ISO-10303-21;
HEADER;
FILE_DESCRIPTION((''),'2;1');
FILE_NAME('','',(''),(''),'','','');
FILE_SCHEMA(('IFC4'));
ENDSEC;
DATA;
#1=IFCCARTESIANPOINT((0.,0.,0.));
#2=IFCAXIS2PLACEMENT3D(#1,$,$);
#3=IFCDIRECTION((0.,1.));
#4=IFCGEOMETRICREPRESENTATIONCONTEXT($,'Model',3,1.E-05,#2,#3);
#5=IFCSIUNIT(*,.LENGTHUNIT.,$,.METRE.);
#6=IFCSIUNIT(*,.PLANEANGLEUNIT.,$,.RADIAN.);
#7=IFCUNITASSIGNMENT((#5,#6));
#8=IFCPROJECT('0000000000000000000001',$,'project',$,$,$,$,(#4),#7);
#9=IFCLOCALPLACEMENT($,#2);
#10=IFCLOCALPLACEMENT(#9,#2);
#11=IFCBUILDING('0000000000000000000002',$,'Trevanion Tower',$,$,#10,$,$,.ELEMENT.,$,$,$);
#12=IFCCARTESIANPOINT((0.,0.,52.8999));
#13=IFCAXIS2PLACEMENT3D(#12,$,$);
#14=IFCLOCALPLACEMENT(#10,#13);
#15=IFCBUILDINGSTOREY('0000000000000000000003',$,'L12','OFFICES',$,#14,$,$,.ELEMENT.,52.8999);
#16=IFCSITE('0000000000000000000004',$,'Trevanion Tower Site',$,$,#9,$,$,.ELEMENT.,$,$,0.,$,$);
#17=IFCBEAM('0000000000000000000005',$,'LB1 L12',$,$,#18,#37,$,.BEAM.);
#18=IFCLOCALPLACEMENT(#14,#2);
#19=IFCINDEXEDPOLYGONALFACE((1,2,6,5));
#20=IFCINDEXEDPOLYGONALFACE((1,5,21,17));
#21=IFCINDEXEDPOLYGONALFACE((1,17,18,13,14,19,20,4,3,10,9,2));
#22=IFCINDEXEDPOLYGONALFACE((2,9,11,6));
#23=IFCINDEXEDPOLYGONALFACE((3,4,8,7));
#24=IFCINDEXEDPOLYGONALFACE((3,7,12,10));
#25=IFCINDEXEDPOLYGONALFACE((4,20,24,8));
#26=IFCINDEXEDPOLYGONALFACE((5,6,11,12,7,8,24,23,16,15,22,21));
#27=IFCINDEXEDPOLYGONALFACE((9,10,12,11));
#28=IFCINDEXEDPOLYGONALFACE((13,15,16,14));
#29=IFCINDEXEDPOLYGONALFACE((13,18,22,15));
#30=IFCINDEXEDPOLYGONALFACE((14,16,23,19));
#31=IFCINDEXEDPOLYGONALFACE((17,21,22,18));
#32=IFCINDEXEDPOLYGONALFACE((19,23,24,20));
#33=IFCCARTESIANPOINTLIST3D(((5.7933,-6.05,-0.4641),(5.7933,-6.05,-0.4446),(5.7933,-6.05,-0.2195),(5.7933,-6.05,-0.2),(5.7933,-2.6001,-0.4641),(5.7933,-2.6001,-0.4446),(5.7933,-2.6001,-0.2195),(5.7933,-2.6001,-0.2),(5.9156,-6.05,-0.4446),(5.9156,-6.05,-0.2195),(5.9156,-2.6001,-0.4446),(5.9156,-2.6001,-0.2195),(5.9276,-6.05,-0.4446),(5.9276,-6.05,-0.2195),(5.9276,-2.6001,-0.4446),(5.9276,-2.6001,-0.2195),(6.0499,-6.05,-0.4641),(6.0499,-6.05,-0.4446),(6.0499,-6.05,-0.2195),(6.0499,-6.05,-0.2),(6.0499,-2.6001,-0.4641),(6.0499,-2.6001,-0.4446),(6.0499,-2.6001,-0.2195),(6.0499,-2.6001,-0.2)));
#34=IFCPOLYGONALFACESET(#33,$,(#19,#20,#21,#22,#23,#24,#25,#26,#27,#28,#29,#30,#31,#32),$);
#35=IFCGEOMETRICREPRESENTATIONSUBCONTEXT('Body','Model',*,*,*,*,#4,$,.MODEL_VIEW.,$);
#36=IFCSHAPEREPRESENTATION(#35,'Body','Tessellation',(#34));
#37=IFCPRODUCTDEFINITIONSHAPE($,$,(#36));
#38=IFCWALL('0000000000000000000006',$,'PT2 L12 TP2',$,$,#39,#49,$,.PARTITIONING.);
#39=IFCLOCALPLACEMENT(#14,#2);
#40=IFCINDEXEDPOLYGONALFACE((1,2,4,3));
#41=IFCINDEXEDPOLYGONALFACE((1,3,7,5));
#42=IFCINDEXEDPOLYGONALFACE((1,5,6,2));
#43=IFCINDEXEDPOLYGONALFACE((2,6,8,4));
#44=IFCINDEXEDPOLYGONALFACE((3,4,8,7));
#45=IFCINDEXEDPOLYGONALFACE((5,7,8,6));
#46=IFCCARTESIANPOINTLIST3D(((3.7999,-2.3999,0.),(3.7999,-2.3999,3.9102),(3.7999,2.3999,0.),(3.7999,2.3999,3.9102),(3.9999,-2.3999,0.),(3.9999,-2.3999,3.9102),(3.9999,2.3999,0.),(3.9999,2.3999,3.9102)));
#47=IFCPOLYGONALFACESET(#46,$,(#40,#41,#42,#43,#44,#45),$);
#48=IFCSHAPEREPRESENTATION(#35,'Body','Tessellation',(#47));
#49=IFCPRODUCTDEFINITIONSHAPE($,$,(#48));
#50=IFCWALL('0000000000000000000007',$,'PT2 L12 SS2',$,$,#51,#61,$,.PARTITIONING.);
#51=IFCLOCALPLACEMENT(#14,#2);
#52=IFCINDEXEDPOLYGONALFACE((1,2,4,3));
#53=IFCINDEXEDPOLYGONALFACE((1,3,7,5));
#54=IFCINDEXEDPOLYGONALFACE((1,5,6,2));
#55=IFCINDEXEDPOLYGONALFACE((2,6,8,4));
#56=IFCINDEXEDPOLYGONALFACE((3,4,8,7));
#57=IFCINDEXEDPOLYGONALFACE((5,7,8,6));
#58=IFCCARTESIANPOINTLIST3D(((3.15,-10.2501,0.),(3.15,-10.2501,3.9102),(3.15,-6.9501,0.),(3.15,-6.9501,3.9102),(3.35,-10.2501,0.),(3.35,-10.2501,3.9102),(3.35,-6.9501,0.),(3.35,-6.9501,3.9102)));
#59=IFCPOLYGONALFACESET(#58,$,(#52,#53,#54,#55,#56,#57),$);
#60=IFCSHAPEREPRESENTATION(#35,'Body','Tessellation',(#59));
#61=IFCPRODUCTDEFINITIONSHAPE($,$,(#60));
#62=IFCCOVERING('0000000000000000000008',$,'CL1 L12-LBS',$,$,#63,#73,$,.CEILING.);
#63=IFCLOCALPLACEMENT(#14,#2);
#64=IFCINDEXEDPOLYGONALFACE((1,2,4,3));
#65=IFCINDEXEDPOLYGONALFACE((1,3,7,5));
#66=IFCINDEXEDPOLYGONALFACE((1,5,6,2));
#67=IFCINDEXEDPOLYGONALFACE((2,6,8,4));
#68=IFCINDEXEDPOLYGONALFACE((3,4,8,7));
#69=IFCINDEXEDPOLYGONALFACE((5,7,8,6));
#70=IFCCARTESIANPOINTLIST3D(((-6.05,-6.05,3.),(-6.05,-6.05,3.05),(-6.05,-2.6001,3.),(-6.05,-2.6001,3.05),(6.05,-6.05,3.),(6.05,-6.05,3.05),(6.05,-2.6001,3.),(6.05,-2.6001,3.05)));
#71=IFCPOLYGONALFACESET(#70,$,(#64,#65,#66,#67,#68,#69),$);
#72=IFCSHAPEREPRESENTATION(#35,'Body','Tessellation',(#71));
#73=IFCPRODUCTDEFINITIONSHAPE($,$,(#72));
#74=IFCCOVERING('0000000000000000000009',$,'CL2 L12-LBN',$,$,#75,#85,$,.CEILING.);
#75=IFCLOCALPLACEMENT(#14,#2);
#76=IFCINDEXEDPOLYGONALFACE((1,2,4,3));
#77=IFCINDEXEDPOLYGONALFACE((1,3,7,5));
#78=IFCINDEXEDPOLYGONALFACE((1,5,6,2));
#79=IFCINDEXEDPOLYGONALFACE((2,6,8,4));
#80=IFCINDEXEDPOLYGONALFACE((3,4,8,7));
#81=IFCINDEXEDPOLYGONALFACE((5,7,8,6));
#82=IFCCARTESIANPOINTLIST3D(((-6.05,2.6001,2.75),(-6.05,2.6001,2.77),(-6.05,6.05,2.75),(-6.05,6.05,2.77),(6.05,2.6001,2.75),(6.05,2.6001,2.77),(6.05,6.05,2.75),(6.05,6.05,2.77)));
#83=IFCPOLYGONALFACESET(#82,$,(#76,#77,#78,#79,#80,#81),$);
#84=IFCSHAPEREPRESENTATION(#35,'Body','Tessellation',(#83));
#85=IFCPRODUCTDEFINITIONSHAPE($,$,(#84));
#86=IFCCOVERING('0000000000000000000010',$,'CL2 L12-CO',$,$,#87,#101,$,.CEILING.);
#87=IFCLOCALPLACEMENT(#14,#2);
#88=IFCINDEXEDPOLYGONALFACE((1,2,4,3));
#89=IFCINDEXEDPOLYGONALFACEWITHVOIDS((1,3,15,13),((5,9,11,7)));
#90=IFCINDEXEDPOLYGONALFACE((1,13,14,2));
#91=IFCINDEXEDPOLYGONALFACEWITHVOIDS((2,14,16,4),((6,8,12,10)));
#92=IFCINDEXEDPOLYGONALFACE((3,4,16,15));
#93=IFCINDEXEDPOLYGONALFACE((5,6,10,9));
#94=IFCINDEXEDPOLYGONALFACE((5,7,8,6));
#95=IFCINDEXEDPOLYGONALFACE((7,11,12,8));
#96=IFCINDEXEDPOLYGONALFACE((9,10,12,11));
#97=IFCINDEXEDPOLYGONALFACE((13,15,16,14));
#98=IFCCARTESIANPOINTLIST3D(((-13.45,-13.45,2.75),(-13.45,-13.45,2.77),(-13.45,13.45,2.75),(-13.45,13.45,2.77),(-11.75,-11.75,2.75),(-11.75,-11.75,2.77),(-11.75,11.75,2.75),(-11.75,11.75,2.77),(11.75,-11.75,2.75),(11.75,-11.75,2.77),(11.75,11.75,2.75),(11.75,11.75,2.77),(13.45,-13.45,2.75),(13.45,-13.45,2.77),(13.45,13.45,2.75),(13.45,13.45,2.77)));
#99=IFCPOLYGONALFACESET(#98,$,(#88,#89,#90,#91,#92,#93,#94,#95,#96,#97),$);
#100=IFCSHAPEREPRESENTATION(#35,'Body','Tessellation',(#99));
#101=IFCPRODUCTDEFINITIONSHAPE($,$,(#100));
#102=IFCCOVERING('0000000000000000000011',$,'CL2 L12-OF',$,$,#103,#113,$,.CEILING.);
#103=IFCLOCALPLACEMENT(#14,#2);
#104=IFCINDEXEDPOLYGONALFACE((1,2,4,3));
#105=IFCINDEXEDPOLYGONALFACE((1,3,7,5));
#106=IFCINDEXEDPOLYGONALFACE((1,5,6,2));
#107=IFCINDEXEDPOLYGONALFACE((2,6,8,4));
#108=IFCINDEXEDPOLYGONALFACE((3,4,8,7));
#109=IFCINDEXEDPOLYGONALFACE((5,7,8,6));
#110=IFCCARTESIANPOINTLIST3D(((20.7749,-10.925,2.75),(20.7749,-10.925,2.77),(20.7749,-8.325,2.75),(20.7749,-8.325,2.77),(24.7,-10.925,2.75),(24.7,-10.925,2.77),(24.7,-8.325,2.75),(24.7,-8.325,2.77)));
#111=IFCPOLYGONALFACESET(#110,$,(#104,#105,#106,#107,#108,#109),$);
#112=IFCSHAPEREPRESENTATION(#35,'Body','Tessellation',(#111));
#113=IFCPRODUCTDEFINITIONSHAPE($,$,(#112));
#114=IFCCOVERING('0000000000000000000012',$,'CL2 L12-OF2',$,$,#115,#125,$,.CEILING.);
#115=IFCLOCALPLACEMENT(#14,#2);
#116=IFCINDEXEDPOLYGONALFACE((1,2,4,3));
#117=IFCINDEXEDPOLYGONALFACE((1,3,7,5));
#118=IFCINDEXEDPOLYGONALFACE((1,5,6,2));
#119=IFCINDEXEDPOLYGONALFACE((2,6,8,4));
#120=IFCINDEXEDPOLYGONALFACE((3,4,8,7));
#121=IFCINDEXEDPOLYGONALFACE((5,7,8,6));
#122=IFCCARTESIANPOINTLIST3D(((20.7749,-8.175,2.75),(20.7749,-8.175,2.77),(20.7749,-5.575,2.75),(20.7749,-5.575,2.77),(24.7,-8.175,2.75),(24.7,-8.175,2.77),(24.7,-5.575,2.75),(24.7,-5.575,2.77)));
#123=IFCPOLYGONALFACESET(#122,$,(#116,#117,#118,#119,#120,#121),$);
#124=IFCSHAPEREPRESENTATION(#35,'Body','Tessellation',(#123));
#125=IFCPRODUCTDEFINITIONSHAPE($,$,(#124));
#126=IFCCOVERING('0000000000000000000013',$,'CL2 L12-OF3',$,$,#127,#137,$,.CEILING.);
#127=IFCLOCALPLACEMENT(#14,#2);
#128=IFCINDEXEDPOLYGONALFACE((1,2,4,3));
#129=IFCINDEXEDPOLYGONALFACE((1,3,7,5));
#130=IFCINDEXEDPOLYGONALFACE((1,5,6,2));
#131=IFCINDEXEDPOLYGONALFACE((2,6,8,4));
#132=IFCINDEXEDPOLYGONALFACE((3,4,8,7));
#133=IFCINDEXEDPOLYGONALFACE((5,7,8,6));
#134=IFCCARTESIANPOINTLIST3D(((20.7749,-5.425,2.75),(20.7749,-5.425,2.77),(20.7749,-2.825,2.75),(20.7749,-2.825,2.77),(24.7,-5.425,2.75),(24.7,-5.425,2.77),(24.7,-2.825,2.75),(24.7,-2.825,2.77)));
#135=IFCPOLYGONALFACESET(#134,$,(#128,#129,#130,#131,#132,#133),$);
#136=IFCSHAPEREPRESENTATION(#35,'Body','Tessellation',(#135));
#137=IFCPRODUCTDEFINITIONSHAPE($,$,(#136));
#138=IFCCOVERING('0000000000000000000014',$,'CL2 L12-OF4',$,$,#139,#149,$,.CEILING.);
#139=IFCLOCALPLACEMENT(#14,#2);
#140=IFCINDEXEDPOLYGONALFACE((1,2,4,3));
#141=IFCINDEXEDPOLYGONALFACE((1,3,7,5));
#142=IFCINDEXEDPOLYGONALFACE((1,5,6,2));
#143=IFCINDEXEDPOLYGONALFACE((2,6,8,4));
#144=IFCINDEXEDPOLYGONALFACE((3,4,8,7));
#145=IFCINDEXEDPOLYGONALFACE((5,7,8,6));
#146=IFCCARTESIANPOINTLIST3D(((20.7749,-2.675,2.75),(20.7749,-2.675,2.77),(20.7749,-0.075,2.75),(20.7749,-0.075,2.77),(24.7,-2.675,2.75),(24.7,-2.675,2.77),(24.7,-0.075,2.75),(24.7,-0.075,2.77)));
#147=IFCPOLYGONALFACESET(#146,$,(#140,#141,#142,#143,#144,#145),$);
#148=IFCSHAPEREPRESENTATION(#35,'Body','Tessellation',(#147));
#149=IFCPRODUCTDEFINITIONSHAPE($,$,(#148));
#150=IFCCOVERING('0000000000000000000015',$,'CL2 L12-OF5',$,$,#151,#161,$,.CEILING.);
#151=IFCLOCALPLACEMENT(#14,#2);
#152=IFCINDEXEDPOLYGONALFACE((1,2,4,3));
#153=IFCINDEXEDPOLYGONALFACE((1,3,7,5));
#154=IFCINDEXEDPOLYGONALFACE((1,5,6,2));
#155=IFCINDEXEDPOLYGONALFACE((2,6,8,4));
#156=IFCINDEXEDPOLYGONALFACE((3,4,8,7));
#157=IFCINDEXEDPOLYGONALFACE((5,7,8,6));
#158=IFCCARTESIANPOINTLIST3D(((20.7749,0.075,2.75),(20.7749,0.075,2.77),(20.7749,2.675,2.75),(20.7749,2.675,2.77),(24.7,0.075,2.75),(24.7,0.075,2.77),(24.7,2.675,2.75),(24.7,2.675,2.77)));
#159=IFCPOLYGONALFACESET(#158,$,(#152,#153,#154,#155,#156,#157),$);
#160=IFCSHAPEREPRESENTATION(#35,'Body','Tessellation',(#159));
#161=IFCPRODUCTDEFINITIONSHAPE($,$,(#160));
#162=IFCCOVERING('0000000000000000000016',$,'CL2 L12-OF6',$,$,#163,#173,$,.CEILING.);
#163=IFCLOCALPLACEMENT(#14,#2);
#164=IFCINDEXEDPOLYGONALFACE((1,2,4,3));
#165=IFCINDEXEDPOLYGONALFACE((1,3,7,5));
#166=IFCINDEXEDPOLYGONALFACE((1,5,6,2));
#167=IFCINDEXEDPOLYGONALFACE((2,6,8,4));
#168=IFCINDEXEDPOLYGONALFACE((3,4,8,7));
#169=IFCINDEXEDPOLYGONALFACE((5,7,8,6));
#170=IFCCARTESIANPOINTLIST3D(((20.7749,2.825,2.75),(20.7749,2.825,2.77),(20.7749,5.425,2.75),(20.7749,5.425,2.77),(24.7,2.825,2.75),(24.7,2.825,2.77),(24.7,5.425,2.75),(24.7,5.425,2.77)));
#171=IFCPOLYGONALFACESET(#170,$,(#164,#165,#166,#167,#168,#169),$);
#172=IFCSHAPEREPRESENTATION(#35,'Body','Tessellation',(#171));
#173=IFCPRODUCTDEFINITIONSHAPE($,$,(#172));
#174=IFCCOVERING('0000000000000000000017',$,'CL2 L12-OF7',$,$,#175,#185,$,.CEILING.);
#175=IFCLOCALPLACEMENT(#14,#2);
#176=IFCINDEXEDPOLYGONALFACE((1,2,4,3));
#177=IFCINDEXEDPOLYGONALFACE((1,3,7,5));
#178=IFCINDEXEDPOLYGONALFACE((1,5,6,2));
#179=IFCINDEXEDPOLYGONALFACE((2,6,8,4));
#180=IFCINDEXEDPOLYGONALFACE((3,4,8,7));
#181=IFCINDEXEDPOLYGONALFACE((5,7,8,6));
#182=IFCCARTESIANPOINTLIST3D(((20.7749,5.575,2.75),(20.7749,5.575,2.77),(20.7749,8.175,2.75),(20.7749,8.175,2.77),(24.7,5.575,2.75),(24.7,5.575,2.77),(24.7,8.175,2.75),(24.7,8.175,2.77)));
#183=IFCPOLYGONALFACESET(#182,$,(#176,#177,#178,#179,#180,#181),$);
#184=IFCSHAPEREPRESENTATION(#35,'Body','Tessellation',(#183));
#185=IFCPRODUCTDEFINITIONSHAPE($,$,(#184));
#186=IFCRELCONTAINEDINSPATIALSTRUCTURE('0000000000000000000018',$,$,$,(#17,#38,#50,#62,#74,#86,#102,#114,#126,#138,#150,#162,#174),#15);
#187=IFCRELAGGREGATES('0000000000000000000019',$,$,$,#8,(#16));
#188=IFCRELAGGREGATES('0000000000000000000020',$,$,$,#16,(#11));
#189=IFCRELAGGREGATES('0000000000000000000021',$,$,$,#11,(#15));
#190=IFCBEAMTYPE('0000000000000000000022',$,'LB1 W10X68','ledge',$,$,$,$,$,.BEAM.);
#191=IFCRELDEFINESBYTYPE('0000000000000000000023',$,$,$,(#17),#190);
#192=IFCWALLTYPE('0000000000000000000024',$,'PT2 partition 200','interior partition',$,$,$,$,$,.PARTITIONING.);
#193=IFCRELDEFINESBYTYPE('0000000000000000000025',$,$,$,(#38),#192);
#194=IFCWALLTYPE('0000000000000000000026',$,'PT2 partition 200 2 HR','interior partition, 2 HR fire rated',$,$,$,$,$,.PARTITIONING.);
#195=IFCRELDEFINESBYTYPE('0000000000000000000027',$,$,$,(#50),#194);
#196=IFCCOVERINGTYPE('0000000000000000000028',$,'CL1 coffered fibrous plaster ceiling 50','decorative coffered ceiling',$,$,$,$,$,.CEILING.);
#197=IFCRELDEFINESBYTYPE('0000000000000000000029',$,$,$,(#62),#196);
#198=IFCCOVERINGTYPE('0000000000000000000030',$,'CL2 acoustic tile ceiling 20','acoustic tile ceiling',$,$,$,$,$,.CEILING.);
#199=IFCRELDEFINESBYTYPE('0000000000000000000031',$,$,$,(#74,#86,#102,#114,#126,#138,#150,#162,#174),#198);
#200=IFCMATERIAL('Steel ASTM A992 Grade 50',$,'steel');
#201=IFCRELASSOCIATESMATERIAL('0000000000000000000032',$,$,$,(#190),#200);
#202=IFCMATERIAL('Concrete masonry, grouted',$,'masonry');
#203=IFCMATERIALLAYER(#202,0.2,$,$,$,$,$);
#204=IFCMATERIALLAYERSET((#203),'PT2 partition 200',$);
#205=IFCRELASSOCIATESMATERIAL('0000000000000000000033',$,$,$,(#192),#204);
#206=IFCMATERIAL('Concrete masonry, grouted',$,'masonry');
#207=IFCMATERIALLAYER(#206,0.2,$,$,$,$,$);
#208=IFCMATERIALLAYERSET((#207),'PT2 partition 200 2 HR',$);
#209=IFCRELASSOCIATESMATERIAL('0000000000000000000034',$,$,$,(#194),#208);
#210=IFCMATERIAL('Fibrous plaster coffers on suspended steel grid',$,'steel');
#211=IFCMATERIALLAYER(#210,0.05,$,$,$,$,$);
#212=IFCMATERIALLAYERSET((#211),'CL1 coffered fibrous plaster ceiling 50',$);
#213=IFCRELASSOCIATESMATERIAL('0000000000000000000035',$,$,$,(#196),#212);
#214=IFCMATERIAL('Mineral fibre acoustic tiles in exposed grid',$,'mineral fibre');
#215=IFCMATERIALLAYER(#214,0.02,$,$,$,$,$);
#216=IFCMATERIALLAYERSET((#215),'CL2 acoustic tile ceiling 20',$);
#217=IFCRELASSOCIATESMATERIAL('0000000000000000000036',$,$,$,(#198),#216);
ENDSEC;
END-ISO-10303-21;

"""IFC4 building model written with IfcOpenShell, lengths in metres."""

from ifc_helpers import new_model, si_unit, direction, frame, frame_2d, origin, origin_2d, place, context, subcontext, project, spatial, polyline, rectangle, i_section, outline, extrude, material, layer, layer_set, material_profile, profile_set, type_object, element, save


model = new_model("IFC4")

# Units and contexts
model_context = context("Model", 3, precision=1e-05, world=origin(), true_north=direction((0.0, 1.0)))
body_context = subcontext(model_context, "Body", "Model", "MODEL_VIEW")
ifc_project = project(units=[si_unit("LENGTHUNIT", "METRE"), si_unit("PLANEANGLEUNIT", "RADIAN")], contexts=[model_context])

# Site, building, storey
site_placement = place(None, origin())
site = spatial("IfcSite", under=ifc_project, at=site_placement, Name="Trevanion Tower Site", CompositionType="ELEMENT", RefElevation=0.0)
building_placement = place(site_placement, origin())
building = spatial("IfcBuilding", under=site, at=building_placement, Name="Trevanion Tower", CompositionType="ELEMENT")
storey_placement = place(building_placement, frame((0.0, 0.0, 52.8999)))
storey = spatial("IfcBuildingStorey", under=building, at=storey_placement, Name="L12", Description="OFFICES", CompositionType="ELEMENT", Elevation=52.8999)

# Beam
ifc_material_1 = material(Name="Steel ASTM A992 Grade 50", Category="steel")
ifc_material_profile = material_profile(ifc_material_1, i_section(OverallWidth=0.2566, OverallDepth=0.2642, WebThickness=0.012, FlangeThickness=0.0195, at=origin_2d()), Name="W10X68")
ifc_profile_set = profile_set([ifc_material_profile], Name="Steel ASTM A992 Grade 50")
beam_type = type_object("IfcBeamType", Name="LB1 W10X68", Description="ledge", PredefinedType="BEAM", material=ifc_profile_set)
beam_placement = place(storey_placement, frame((5.9216, -6.05, -0.332), z_axis=(0.0, 1.0, 0.0), x_axis=(-1.0, 0.0, 0.0)))
element("IfcBeam", 1, at=beam_placement, inside=storey, type_object=beam_type, Name="LB1 L12", PredefinedType="BEAM", context=body_context, shape_type="SweptSolid", body=[
    extrude(i_section(OverallWidth=0.2566, OverallDepth=0.2642, WebThickness=0.012, FlangeThickness=0.0195, at=origin_2d()), origin(), (0.0, 0.0, 1.0), 3.45),
])

# Walls
ifc_material_2 = material(Name="Concrete masonry, grouted", Category="masonry")
ifc_layer_1 = layer(ifc_material_2, 0.2)
ifc_layer_set_1 = layer_set([ifc_layer_1], Name="PT2 partition 200")
wall_type_1 = type_object("IfcWallType", Name="PT2 partition 200", Description="interior partition", PredefinedType="PARTITIONING", material=ifc_layer_set_1)
wall_1_placement = place(storey_placement, frame((3.8999, -2.3999, 0.0), z_axis=(0.0, 0.0, 1.0), x_axis=(0.0, 1.0, 0.0)))
element("IfcWall", 2, at=wall_1_placement, inside=storey, type_object=wall_type_1, Name="PT2 L12 TP2", PredefinedType="PARTITIONING", context=body_context, shape_type="SweptSolid", body=[
    extrude(rectangle(XDim=4.7998, YDim=0.2, at=frame_2d((2.3999, 0.0))), origin(), (0.0, 0.0, 1.0), 3.9102),
])
ifc_material_3 = material(Name="Concrete masonry, grouted", Category="masonry")
ifc_layer_2 = layer(ifc_material_3, 0.2)
ifc_layer_set_2 = layer_set([ifc_layer_2], Name="PT2 partition 200 2 HR")
wall_type_2 = type_object("IfcWallType", Name="PT2 partition 200 2 HR", Description="interior partition, 2 HR fire rated", PredefinedType="PARTITIONING", material=ifc_layer_set_2)
wall_2_placement = place(storey_placement, frame((3.25, -10.25, 0.0), z_axis=(0.0, 0.0, 1.0), x_axis=(0.0, 1.0, 0.0)))
element("IfcWall", 3, at=wall_2_placement, inside=storey, type_object=wall_type_2, Name="PT2 L12 SS2", PredefinedType="PARTITIONING", context=body_context, shape_type="SweptSolid", body=[
    extrude(rectangle(XDim=3.3, YDim=0.2, at=frame_2d((1.6499, 0.0))), origin(), (0.0, 0.0, 1.0), 3.9102),
])

# Coverings
ifc_material_4 = material(Name="Fibrous plaster coffers on suspended steel grid", Category="steel")
ifc_layer_3 = layer(ifc_material_4, 0.05)
ifc_layer_set_3 = layer_set([ifc_layer_3], Name="CL1 coffered fibrous plaster ceiling 50")
covering_type_1 = type_object("IfcCoveringType", Name="CL1 coffered fibrous plaster ceiling 50", Description="decorative coffered ceiling", PredefinedType="CEILING", material=ifc_layer_set_3)
covering_1_placement = place(storey_placement, frame((0.0, 0.0, 3.0)))
element("IfcCovering", 4, at=covering_1_placement, inside=storey, type_object=covering_type_1, Name="CL1 L12-LBS", PredefinedType="CEILING", context=body_context, shape_type="SweptSolid", body=[
    extrude(outline(polyline([(6.05, -6.05), (6.05, -2.6001), (-6.05, -2.6001), (-6.05, -6.05), (6.05, -6.05)])), origin(), (0.0, 0.0, 1.0), 0.05),
])
ifc_material_5 = material(Name="Mineral fibre acoustic tiles in exposed grid", Category="mineral fibre")
ifc_layer_4 = layer(ifc_material_5, 0.02)
ifc_layer_set_4 = layer_set([ifc_layer_4], Name="CL2 acoustic tile ceiling 20")
covering_type_2 = type_object("IfcCoveringType", Name="CL2 acoustic tile ceiling 20", Description="acoustic tile ceiling", PredefinedType="CEILING", material=ifc_layer_set_4)
covering_2_placement = place(storey_placement, frame((0.0, 0.0, 2.75)))
element("IfcCovering", 5, at=covering_2_placement, inside=storey, type_object=covering_type_2, Name="CL2 L12-LBN", PredefinedType="CEILING", context=body_context, shape_type="SweptSolid", body=[
    extrude(outline(polyline([(6.05, 2.6001), (6.05, 6.05), (-6.05, 6.05), (-6.05, 2.6001), (6.05, 2.6001)])), origin(), (0.0, 0.0, 1.0), 0.02),
])
covering_3_placement = place(storey_placement, frame((0.0, 0.0, 2.75)))
element("IfcCovering", 6, at=covering_3_placement, inside=storey, type_object=covering_type_2, Name="CL2 L12-CO", PredefinedType="CEILING", context=body_context, shape_type="SweptSolid", body=[
    extrude(outline(polyline([(-13.45, 13.45), (13.45, 13.45), (13.45, -13.45), (-13.45, -13.45), (-13.45, 13.45)]), holes=[polyline([(-11.75, 11.75), (-11.75, -11.75), (11.75, -11.75), (11.75, 11.75), (-11.75, 11.75)])]), origin(), (0.0, 0.0, 1.0), 0.02),
])
covering_4_placement = place(storey_placement, frame((0.0, 0.0, 2.75)))
element("IfcCovering", 7, at=covering_4_placement, inside=storey, type_object=covering_type_2, Name="CL2 L12-OF", PredefinedType="CEILING", context=body_context, shape_type="SweptSolid", body=[
    extrude(outline(polyline([(20.7749, -10.925), (20.7749, -8.325), (24.7, -8.325), (24.7, -10.925), (20.7749, -10.925)])), origin(), (0.0, 0.0, 1.0), 0.02),
])
covering_5_placement = place(storey_placement, frame((0.0, 0.0, 2.75)))
element("IfcCovering", 8, at=covering_5_placement, inside=storey, type_object=covering_type_2, Name="CL2 L12-OF2", PredefinedType="CEILING", context=body_context, shape_type="SweptSolid", body=[
    extrude(outline(polyline([(20.7749, -8.175), (20.7749, -5.575), (24.7, -5.575), (24.7, -8.175), (20.7749, -8.175)])), origin(), (0.0, 0.0, 1.0), 0.02),
])
covering_6_placement = place(storey_placement, frame((0.0, 0.0, 2.75)))
element("IfcCovering", 9, at=covering_6_placement, inside=storey, type_object=covering_type_2, Name="CL2 L12-OF3", PredefinedType="CEILING", context=body_context, shape_type="SweptSolid", body=[
    extrude(outline(polyline([(20.7749, -5.425), (20.7749, -2.825), (24.7, -2.825), (24.7, -5.425), (20.7749, -5.425)])), origin(), (0.0, 0.0, 1.0), 0.02),
])
covering_7_placement = place(storey_placement, frame((0.0, 0.0, 2.75)))
element("IfcCovering", 10, at=covering_7_placement, inside=storey, type_object=covering_type_2, Name="CL2 L12-OF4", PredefinedType="CEILING", context=body_context, shape_type="SweptSolid", body=[
    extrude(outline(polyline([(20.7749, -2.675), (20.7749, -0.075), (24.7, -0.075), (24.7, -2.675), (20.7749, -2.675)])), origin(), (0.0, 0.0, 1.0), 0.02),
])
covering_8_placement = place(storey_placement, frame((0.0, 0.0, 2.75)))
element("IfcCovering", 11, at=covering_8_placement, inside=storey, type_object=covering_type_2, Name="CL2 L12-OF5", PredefinedType="CEILING", context=body_context, shape_type="SweptSolid", body=[
    extrude(outline(polyline([(20.7749, 0.075), (20.7749, 2.675), (24.7, 2.675), (24.7, 0.075), (20.7749, 0.075)])), origin(), (0.0, 0.0, 1.0), 0.02),
])
covering_9_placement = place(storey_placement, frame((0.0, 0.0, 2.75)))
element("IfcCovering", 12, at=covering_9_placement, inside=storey, type_object=covering_type_2, Name="CL2 L12-OF6", PredefinedType="CEILING", context=body_context, shape_type="SweptSolid", body=[
    extrude(outline(polyline([(20.7749, 2.825), (20.7749, 5.425), (24.7, 5.425), (24.7, 2.825), (20.7749, 2.825)])), origin(), (0.0, 0.0, 1.0), 0.02),
])
covering_10_placement = place(storey_placement, frame((0.0, 0.0, 2.75)))
element("IfcCovering", 13, at=covering_10_placement, inside=storey, type_object=covering_type_2, Name="CL2 L12-OF7", PredefinedType="CEILING", context=body_context, shape_type="SweptSolid", body=[
    extrude(outline(polyline([(20.7749, 5.575), (20.7749, 8.175), (24.7, 8.175), (24.7, 5.575), (20.7749, 5.575)])), origin(), (0.0, 0.0, 1.0), 0.02),
])

save(model, "model.ifc")
